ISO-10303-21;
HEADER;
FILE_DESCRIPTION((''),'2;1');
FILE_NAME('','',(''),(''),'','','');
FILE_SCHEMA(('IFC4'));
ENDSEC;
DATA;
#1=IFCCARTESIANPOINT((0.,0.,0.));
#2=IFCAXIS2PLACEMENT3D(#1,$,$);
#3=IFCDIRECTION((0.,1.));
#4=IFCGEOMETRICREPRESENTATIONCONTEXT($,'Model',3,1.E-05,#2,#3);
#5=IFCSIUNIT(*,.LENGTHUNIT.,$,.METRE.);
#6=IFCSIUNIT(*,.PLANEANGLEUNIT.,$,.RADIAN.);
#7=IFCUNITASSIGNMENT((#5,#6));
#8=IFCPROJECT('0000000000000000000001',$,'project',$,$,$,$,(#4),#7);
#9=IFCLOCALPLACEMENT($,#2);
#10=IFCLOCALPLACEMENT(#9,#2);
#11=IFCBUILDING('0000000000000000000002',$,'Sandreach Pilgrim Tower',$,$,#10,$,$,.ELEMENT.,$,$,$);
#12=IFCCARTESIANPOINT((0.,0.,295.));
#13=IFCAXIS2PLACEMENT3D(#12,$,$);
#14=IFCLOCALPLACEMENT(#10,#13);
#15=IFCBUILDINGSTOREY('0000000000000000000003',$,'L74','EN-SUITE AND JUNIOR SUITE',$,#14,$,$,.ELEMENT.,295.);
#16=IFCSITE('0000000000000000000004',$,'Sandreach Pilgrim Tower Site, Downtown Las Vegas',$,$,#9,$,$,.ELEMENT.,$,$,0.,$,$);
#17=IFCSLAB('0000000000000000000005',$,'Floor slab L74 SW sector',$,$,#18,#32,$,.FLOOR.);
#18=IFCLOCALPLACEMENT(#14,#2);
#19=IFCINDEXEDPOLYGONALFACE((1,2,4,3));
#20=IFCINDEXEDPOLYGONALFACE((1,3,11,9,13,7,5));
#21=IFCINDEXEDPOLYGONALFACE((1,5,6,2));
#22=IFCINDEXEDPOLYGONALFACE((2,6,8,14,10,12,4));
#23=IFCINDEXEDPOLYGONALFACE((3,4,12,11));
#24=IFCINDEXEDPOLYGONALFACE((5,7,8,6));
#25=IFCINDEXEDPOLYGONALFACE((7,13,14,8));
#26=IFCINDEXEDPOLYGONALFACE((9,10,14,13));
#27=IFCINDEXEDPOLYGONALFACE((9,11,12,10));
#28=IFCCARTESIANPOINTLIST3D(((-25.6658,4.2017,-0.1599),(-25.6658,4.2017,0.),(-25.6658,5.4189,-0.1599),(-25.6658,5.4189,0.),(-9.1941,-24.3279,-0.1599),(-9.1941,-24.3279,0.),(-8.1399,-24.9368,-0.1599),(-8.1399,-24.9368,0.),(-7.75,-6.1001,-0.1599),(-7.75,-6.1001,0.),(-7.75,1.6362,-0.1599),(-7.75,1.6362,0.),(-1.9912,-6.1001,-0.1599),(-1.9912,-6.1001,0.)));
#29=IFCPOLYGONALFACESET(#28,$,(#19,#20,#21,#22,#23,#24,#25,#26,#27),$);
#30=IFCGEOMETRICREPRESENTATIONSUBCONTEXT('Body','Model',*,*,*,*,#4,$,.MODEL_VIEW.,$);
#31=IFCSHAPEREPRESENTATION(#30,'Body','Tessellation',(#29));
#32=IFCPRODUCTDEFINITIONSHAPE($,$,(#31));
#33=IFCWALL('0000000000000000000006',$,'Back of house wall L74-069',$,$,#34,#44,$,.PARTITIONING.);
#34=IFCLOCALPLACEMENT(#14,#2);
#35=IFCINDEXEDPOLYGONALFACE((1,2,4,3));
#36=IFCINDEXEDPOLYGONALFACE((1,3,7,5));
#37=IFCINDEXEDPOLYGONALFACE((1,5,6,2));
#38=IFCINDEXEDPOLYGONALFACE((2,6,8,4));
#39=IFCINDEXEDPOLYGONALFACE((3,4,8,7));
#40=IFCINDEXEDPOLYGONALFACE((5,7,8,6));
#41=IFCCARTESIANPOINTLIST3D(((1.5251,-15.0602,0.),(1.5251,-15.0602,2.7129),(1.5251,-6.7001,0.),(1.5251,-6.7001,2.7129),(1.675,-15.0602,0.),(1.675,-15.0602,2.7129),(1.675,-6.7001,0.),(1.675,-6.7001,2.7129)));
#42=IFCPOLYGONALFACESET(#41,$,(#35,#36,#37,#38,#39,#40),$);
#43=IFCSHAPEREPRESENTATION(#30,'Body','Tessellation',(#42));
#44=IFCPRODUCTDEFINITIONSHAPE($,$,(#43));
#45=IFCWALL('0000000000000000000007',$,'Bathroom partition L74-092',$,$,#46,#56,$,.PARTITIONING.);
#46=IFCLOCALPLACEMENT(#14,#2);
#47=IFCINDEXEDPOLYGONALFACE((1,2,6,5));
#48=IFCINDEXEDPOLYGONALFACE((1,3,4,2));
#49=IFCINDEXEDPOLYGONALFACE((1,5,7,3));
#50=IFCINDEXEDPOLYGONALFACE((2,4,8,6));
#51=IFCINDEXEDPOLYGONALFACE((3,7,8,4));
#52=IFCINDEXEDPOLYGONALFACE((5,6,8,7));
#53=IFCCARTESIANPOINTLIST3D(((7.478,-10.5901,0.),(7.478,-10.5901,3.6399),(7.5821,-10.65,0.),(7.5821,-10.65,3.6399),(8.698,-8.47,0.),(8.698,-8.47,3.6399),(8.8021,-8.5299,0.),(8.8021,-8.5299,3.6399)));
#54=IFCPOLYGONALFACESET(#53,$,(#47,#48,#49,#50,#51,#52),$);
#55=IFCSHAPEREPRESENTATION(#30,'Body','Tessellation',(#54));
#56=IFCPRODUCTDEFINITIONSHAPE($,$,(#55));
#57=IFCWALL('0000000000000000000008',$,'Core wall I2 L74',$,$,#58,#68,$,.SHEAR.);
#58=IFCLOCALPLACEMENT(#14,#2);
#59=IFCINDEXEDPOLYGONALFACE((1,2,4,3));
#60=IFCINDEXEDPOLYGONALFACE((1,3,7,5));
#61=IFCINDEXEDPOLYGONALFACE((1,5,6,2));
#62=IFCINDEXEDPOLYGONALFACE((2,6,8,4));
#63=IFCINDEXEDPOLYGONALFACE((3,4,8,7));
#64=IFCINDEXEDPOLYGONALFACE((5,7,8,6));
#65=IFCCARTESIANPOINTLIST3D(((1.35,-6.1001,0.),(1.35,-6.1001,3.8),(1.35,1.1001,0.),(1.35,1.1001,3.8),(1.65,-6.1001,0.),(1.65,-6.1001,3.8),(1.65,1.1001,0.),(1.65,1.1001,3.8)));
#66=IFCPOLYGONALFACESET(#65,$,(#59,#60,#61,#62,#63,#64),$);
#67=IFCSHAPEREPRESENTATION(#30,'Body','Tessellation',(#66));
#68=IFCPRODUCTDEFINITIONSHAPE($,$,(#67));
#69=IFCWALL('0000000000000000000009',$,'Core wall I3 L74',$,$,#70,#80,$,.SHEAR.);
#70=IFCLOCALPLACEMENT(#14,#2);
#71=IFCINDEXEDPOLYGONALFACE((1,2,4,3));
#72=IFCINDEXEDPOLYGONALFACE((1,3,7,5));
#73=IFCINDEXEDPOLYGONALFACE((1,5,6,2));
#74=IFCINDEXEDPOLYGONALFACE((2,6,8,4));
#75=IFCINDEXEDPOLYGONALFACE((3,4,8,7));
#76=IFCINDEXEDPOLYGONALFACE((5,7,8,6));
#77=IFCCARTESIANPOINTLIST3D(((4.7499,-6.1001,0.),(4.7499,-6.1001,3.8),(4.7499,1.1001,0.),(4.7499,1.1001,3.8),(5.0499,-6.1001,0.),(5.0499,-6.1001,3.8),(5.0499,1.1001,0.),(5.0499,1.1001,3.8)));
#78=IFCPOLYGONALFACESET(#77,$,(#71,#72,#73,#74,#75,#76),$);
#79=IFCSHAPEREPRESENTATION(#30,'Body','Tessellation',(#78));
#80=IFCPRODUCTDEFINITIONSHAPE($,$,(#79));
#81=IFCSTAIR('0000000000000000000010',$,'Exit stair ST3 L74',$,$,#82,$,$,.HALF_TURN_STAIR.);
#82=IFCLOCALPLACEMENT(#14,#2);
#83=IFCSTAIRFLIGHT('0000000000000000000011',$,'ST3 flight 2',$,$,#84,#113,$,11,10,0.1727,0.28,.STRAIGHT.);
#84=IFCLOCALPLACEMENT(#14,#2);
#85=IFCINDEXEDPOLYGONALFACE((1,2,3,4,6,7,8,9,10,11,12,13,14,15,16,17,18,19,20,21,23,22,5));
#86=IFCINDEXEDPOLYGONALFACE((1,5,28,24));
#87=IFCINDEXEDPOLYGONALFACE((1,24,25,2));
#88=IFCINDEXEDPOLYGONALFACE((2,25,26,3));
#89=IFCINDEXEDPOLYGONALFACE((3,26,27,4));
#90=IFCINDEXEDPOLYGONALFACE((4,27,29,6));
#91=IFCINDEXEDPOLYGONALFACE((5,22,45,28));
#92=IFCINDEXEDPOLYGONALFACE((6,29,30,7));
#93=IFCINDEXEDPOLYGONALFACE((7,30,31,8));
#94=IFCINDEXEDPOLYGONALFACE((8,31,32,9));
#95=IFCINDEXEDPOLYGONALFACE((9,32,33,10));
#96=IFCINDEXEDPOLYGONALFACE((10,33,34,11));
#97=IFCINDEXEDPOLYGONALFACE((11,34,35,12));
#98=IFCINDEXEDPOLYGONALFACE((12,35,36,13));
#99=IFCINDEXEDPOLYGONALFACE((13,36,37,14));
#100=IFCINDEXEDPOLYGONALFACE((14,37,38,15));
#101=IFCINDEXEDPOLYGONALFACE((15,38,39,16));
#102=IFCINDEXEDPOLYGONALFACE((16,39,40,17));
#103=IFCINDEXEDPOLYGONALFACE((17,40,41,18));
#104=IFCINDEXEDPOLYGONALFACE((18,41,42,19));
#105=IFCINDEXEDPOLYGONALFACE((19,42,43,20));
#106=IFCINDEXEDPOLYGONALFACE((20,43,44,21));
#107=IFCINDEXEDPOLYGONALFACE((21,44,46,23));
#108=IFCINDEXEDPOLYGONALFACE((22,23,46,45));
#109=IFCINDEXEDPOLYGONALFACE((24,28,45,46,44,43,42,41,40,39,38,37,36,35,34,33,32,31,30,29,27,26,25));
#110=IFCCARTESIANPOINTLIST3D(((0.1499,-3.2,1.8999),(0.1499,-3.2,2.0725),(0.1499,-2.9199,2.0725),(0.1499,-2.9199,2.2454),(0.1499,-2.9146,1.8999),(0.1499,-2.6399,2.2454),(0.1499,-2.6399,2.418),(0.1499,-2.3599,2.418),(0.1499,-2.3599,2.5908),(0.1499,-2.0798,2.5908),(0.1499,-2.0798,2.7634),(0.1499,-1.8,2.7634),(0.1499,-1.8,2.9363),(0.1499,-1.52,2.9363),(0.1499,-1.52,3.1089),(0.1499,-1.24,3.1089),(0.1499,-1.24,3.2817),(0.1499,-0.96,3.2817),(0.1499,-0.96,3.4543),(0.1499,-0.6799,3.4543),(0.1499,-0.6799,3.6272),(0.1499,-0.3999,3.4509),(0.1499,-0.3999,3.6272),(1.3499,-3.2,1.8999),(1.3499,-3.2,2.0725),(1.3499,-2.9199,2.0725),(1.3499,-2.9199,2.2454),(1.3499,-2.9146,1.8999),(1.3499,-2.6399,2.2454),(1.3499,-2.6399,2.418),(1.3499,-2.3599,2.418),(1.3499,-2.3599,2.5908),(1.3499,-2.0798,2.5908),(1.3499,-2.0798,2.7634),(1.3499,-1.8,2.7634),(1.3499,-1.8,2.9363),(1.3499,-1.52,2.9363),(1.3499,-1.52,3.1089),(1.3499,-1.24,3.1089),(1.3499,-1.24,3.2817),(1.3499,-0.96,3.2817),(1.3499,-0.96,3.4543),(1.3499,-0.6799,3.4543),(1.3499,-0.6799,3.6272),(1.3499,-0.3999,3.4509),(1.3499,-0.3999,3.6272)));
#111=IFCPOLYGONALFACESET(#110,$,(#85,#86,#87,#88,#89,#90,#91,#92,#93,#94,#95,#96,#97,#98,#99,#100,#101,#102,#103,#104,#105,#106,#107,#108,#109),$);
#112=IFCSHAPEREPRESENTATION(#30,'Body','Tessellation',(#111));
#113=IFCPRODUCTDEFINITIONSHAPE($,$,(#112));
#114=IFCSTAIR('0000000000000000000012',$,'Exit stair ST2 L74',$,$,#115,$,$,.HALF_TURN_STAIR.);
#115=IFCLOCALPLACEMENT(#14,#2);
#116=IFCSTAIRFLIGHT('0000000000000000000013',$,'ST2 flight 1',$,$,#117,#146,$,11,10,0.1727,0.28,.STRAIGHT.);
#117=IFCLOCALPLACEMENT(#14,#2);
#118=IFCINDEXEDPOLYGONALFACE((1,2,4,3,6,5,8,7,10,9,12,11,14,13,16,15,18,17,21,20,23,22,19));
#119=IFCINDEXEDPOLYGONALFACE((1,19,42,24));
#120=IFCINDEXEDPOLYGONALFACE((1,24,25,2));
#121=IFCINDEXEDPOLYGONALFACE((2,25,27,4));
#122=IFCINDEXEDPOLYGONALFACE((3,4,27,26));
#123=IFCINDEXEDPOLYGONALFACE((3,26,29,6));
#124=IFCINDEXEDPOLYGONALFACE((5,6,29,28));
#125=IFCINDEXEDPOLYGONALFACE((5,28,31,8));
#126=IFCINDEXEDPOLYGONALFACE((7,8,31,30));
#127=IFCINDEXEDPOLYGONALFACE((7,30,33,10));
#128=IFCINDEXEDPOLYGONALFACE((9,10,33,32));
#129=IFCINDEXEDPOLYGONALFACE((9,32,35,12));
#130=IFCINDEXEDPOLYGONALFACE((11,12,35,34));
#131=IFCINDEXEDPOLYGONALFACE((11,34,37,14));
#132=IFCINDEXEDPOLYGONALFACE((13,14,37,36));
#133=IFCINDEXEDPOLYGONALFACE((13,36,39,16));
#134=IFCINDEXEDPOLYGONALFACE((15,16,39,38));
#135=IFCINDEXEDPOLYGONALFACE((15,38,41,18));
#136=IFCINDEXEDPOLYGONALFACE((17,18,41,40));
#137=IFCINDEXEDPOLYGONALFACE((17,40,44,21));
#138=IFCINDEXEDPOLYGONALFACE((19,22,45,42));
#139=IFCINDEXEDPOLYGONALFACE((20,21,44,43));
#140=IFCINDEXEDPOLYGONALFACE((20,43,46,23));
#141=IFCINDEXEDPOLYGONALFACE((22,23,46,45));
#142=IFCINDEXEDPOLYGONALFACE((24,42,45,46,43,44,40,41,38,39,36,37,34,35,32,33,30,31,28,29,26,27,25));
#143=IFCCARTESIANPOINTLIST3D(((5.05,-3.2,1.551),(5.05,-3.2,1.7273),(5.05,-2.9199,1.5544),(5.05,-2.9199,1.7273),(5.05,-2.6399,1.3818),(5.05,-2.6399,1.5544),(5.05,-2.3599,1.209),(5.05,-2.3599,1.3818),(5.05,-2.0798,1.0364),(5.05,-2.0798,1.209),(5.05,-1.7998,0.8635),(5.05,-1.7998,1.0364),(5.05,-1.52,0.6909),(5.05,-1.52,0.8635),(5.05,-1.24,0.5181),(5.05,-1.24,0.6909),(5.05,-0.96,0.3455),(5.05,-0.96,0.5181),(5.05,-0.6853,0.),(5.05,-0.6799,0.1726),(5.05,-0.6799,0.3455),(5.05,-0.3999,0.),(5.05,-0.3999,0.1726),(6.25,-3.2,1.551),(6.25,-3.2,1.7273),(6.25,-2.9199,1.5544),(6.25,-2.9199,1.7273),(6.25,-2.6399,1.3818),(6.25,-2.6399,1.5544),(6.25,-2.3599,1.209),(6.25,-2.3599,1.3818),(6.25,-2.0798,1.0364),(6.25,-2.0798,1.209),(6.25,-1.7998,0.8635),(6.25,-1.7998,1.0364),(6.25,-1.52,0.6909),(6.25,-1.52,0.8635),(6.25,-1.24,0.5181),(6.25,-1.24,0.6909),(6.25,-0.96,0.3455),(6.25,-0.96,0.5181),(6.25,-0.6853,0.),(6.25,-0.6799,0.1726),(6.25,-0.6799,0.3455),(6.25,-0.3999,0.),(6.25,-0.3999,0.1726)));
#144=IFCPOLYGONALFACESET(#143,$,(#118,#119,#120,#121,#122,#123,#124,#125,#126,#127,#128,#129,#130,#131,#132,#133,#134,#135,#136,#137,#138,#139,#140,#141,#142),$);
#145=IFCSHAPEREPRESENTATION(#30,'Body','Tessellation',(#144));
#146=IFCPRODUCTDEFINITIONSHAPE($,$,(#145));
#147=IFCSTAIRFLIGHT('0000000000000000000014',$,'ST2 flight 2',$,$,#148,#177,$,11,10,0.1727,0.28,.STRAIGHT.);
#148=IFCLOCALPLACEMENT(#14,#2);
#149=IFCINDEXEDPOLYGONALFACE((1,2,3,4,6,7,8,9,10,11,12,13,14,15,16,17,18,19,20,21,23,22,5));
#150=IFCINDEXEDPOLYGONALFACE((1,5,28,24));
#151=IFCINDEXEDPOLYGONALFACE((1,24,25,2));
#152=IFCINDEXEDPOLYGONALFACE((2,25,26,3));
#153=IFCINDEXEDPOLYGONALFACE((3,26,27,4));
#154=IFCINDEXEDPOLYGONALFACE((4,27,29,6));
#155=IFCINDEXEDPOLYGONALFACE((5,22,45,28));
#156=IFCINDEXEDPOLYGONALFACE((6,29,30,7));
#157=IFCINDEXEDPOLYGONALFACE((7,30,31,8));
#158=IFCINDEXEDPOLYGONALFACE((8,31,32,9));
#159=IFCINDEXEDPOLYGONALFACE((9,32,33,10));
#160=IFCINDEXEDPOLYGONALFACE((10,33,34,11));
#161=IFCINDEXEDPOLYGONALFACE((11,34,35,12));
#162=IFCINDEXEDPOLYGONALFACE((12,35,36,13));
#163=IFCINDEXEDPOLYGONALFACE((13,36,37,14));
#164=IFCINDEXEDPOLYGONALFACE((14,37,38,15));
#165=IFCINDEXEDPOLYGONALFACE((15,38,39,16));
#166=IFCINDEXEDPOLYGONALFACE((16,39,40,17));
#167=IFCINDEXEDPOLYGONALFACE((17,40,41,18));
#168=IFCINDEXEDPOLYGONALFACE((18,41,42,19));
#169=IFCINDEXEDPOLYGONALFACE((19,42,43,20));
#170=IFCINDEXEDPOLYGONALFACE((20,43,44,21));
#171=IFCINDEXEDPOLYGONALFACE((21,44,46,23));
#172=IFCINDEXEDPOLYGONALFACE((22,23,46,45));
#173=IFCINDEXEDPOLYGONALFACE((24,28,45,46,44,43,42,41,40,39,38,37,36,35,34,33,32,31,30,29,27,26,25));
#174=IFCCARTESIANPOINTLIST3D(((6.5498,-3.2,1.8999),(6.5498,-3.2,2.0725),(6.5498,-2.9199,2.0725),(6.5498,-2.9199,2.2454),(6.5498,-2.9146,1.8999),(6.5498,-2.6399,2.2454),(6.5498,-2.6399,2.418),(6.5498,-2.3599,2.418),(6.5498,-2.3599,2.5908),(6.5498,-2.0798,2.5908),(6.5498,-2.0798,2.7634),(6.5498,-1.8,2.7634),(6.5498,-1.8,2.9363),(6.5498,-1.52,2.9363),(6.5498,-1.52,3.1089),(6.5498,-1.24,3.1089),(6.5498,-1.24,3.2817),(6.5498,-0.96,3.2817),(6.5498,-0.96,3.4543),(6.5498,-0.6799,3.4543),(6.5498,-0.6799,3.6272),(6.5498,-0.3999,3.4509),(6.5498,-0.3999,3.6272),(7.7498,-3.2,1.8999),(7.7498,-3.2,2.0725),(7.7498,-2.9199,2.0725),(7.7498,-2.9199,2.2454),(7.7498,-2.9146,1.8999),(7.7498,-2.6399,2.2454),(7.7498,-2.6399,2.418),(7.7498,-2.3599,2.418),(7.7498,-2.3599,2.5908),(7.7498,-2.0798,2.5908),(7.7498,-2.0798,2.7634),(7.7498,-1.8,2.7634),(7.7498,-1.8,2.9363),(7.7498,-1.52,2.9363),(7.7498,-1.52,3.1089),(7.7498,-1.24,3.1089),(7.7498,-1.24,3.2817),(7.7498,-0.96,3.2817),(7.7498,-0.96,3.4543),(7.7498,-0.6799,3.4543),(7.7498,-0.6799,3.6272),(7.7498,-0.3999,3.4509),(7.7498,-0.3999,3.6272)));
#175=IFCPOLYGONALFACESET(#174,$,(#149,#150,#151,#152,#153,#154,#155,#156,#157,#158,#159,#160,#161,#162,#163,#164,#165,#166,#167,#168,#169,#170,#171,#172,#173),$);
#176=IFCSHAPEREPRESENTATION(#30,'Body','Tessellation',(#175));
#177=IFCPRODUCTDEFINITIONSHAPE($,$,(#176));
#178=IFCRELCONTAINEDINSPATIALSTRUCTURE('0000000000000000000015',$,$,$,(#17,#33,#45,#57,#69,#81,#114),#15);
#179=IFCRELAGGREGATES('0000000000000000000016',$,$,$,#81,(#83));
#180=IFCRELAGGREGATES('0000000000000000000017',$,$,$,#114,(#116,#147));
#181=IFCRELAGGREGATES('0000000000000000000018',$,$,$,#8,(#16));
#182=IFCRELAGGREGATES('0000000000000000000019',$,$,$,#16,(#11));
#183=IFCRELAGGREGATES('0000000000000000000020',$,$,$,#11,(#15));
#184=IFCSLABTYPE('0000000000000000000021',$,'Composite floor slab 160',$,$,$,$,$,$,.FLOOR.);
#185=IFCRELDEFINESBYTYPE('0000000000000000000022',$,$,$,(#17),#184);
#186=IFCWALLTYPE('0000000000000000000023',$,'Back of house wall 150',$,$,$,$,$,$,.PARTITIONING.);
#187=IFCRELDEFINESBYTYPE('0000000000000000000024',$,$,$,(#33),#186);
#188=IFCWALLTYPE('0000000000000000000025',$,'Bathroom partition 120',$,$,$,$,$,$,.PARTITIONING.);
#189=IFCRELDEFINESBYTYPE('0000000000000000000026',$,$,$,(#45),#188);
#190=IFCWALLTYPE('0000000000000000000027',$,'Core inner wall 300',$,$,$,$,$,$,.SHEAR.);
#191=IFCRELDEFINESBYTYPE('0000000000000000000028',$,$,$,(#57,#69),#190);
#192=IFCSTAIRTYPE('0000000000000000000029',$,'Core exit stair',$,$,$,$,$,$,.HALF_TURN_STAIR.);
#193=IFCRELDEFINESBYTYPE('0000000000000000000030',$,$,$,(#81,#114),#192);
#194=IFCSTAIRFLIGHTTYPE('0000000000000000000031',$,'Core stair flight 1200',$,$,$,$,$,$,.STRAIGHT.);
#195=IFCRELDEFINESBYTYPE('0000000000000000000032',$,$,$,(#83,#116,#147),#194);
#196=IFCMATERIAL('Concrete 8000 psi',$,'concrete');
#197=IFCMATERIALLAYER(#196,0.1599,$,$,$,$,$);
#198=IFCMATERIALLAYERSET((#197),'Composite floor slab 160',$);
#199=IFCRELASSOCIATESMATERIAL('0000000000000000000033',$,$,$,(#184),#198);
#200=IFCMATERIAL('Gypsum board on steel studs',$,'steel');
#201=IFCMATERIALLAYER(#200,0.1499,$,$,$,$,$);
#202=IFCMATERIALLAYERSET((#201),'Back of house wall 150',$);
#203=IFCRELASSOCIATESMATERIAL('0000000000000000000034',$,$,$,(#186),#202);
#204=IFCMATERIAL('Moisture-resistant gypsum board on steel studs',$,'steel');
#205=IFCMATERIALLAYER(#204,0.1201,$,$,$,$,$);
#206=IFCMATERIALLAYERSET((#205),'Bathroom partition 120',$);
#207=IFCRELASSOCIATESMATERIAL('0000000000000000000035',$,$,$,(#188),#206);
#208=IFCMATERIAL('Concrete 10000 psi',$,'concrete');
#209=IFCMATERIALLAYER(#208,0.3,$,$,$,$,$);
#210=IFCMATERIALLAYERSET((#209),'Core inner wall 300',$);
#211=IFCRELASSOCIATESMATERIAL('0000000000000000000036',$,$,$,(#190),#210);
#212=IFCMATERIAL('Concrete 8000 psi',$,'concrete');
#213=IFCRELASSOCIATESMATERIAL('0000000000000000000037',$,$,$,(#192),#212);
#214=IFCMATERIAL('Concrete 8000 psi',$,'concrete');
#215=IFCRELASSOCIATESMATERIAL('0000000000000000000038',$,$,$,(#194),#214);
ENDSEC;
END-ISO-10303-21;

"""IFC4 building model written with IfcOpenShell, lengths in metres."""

from ifc_helpers import new_model, si_unit, direction, frame, frame_2d, origin, place, context, subcontext, project, spatial, polyline, rectangle, outline, extrude, material, layer, layer_set, type_object, element, aggregate, save


model = new_model("IFC4")

# Units and contexts
model_context = context("Model", 3, precision=1e-05, world=origin(), true_north=direction((0.0, 1.0)))
body_context = subcontext(model_context, "Body", "Model", "MODEL_VIEW")
ifc_project = project(units=[si_unit("LENGTHUNIT", "METRE"), si_unit("PLANEANGLEUNIT", "RADIAN")], contexts=[model_context])

# Site, building, storey
site_placement = place(None, origin())
site = spatial("IfcSite", under=ifc_project, at=site_placement, Name="Sandreach Pilgrim Tower Site, Downtown Las Vegas", CompositionType="ELEMENT", RefElevation=0.0)
building_placement = place(site_placement, origin())
building = spatial("IfcBuilding", under=site, at=building_placement, Name="Sandreach Pilgrim Tower", CompositionType="ELEMENT")
storey_placement = place(building_placement, frame((0.0, 0.0, 295.0)))
storey = spatial("IfcBuildingStorey", under=building, at=storey_placement, Name="L74", Description="EN-SUITE AND JUNIOR SUITE", CompositionType="ELEMENT", Elevation=295.0)

# Slab
ifc_material_1 = material(Name="Concrete 8000 psi", Category="concrete")
ifc_layer_1 = layer(ifc_material_1, 0.1599)
ifc_layer_set_1 = layer_set([ifc_layer_1], Name="Composite floor slab 160")
slab_type = type_object("IfcSlabType", Name="Composite floor slab 160", PredefinedType="FLOOR", material=ifc_layer_set_1)
slab_placement = place(storey_placement, frame((0.0, 0.0, -0.1599)))
element("IfcSlab", 1, at=slab_placement, inside=storey, type_object=slab_type, Name="Floor slab L74 SW sector", PredefinedType="FLOOR", context=body_context, shape_type="SweptSolid", body=[
    extrude(outline(polyline([(-9.1941, -24.3279), (-25.6658, 4.2017), (-25.6658, 5.4189), (-7.75, 1.6362), (-7.75, -6.1001), (-1.9912, -6.1001), (-8.1399, -24.9368), (-9.1941, -24.3279)])), origin(), (0.0, 0.0, 1.0), 0.1599),
])

# Walls
ifc_material_2 = material(Name="Gypsum board on steel studs", Category="steel")
ifc_layer_2 = layer(ifc_material_2, 0.1499)
ifc_layer_set_2 = layer_set([ifc_layer_2], Name="Back of house wall 150")
wall_type_1 = type_object("IfcWallType", Name="Back of house wall 150", PredefinedType="PARTITIONING", material=ifc_layer_set_2)
wall_1_placement = place(storey_placement, frame((1.6001, -6.7, 0.0), z_axis=(0.0, 0.0, 1.0), x_axis=(0.0, -1.0, 0.0)))
element("IfcWall", 2, at=wall_1_placement, inside=storey, type_object=wall_type_1, Name="Back of house wall L74-069", PredefinedType="PARTITIONING", context=body_context, shape_type="SweptSolid", body=[
    extrude(rectangle(XDim=8.3601, YDim=0.1499, at=frame_2d((4.1802, 0.0))), origin(), (0.0, 0.0, 1.0), 2.7129),
])
ifc_material_3 = material(Name="Moisture-resistant gypsum board on steel studs", Category="steel")
ifc_layer_3 = layer(ifc_material_3, 0.1201)
ifc_layer_set_3 = layer_set([ifc_layer_3], Name="Bathroom partition 120")
wall_type_2 = type_object("IfcWallType", Name="Bathroom partition 120", PredefinedType="PARTITIONING", material=ifc_layer_set_3)
wall_2_placement = place(storey_placement, frame((7.53, -10.6201, 0.0), z_axis=(0.0, 0.0, 1.0), x_axis=(0.498749, 0.866747, 0.0)))
element("IfcWall", 3, at=wall_2_placement, inside=storey, type_object=wall_type_2, Name="Bathroom partition L74-092", PredefinedType="PARTITIONING", context=body_context, shape_type="SweptSolid", body=[
    extrude(rectangle(XDim=2.446, YDim=0.1201, at=frame_2d((1.2231, 0.0))), origin(), (0.0, 0.0, 1.0), 3.6399),
])
ifc_material_4 = material(Name="Concrete 10000 psi", Category="concrete")
ifc_layer_4 = layer(ifc_material_4, 0.3)
ifc_layer_set_4 = layer_set([ifc_layer_4], Name="Core inner wall 300")
wall_type_3 = type_object("IfcWallType", Name="Core inner wall 300", PredefinedType="SHEAR", material=ifc_layer_set_4)
for number, where, z_axis, x_axis, name in (
    (4, (1.5, -6.1001, 0.0), (0.0, 0.0, 1.0), (0.0, 1.0, 0.0), "Core wall I2 L74"),
    (5, (4.8999, -6.1001, 0.0), (0.0, 0.0, 1.0), (0.0, 1.0, 0.0), "Core wall I3 L74"),
):
    element("IfcWall", number, at=place(storey_placement, frame(where, z_axis=z_axis, x_axis=x_axis)), inside=storey, type_object=wall_type_3, Name=name, PredefinedType="SHEAR", context=body_context, shape_type="SweptSolid", body=[
        extrude(rectangle(XDim=7.2002, YDim=0.3, at=frame_2d((3.6001, 0.0))), origin(), (0.0, 0.0, 1.0), 3.8),
    ])

# Stair, stair flight
ifc_material_5 = material(Name="Concrete 8000 psi", Category="concrete")
stair_type = type_object("IfcStairType", Name="Core exit stair", PredefinedType="HALF_TURN_STAIR", material=ifc_material_5)
stair_1_placement = place(storey_placement, origin())
stair_1 = element("IfcStair", 6, at=stair_1_placement, inside=storey, type_object=stair_type, Name="Exit stair ST3 L74", PredefinedType="HALF_TURN_STAIR")
ifc_material_6 = material(Name="Concrete 8000 psi", Category="concrete")
stair_flight_type = type_object("IfcStairFlightType", Name="Core stair flight 1200", PredefinedType="STRAIGHT", material=ifc_material_6)
stair_flight_1_placement = place(storey_placement, frame((0.75, -3.2, 1.8999), z_axis=(0.0, 0.0, 1.0), x_axis=(0.0, 1.0, 0.0)))
stair_flight_1 = element("IfcStairFlight", 7, at=stair_flight_1_placement, type_object=stair_flight_type, Name="ST3 flight 2", NumberOfRisers=11, NumberOfTreads=10, PredefinedType="STRAIGHT", RiserHeight=0.1727, TreadLength=0.28, context=body_context, shape_type="SweptSolid", body=[
    extrude(outline(polyline([(0.0, 0.0), (0.0, 0.1726), (0.28, 0.1726), (0.28, 0.3455), (0.5601, 0.3455), (0.5601, 0.5181), (0.8401, 0.5181), (0.8401, 0.6909), (1.1201, 0.6909), (1.1201, 0.8635), (1.3999, 0.8635), (1.3999, 1.0364), (1.6799, 1.0364), (1.6799, 1.209), (1.96, 1.209), (1.96, 1.3818), (2.24, 1.3818), (2.24, 1.5544), (2.52, 1.5544), (2.52, 1.7273), (2.8, 1.7273), (2.8, 1.8999), (2.8, 1.551), (0.2854, 0.0), (0.0, 0.0)])), frame((0.0, 0.6001, 0.0), z_axis=(0.0, -1.0, 0.0), x_axis=(1.0, 0.0, 0.0)), (0.0, 0.0, 1.0), 1.2),
])
aggregate(stair_1, [stair_flight_1])

# Stair, stair flights
stair_2_placement = place(storey_placement, origin())
stair_2 = element("IfcStair", 8, at=stair_2_placement, inside=storey, type_object=stair_type, Name="Exit stair ST2 L74", PredefinedType="HALF_TURN_STAIR")
stair_flight_2_placement = place(storey_placement, frame((5.6499, -0.3999, 0.0), z_axis=(0.0, 0.0, 1.0), x_axis=(0.0, -1.0, 0.0)))
stair_flight_2 = element("IfcStairFlight", 9, at=stair_flight_2_placement, type_object=stair_flight_type, Name="ST2 flight 1", NumberOfRisers=11, NumberOfTreads=10, PredefinedType="STRAIGHT", RiserHeight=0.1727, TreadLength=0.28, context=body_context, shape_type="SweptSolid", body=[
    extrude(outline(polyline([(0.0, 0.0), (0.0, 0.1726), (0.28, 0.1726), (0.28, 0.3455), (0.5601, 0.3455), (0.5601, 0.5181), (0.8401, 0.5181), (0.8401, 0.6909), (1.1201, 0.6909), (1.1201, 0.8635), (1.3999, 0.8635), (1.3999, 1.0364), (1.6799, 1.0364), (1.6799, 1.209), (1.96, 1.209), (1.96, 1.3818), (2.24, 1.3818), (2.24, 1.5544), (2.52, 1.5544), (2.52, 1.7273), (2.8, 1.7273), (2.8, 1.8999), (2.8, 1.551), (0.2854, 0.0), (0.0, 0.0)])), frame((0.0, 0.6001, 0.0), z_axis=(0.0, -1.0, 0.0), x_axis=(1.0, 0.0, 0.0)), (0.0, 0.0, 1.0), 1.2),
])
stair_flight_3_placement = place(storey_placement, frame((7.1499, -3.2, 1.8999), z_axis=(0.0, 0.0, 1.0), x_axis=(0.0, 1.0, 0.0)))
stair_flight_3 = element("IfcStairFlight", 10, at=stair_flight_3_placement, type_object=stair_flight_type, Name="ST2 flight 2", NumberOfRisers=11, NumberOfTreads=10, PredefinedType="STRAIGHT", RiserHeight=0.1727, TreadLength=0.28, context=body_context, shape_type="SweptSolid", body=[
    extrude(outline(polyline([(0.0, 0.0), (0.0, 0.1726), (0.28, 0.1726), (0.28, 0.3455), (0.5601, 0.3455), (0.5601, 0.5181), (0.8401, 0.5181), (0.8401, 0.6909), (1.1201, 0.6909), (1.1201, 0.8635), (1.3999, 0.8635), (1.3999, 1.0364), (1.6799, 1.0364), (1.6799, 1.209), (1.96, 1.209), (1.96, 1.3818), (2.24, 1.3818), (2.24, 1.5544), (2.52, 1.5544), (2.52, 1.7273), (2.8, 1.7273), (2.8, 1.8999), (2.8, 1.551), (0.2854, 0.0), (0.0, 0.0)])), frame((0.0, 0.6001, 0.0), z_axis=(0.0, -1.0, 0.0), x_axis=(1.0, 0.0, 0.0)), (0.0, 0.0, 1.0), 1.2),
])
aggregate(stair_2, [stair_flight_2, stair_flight_3])

save(model, "model.ifc")
